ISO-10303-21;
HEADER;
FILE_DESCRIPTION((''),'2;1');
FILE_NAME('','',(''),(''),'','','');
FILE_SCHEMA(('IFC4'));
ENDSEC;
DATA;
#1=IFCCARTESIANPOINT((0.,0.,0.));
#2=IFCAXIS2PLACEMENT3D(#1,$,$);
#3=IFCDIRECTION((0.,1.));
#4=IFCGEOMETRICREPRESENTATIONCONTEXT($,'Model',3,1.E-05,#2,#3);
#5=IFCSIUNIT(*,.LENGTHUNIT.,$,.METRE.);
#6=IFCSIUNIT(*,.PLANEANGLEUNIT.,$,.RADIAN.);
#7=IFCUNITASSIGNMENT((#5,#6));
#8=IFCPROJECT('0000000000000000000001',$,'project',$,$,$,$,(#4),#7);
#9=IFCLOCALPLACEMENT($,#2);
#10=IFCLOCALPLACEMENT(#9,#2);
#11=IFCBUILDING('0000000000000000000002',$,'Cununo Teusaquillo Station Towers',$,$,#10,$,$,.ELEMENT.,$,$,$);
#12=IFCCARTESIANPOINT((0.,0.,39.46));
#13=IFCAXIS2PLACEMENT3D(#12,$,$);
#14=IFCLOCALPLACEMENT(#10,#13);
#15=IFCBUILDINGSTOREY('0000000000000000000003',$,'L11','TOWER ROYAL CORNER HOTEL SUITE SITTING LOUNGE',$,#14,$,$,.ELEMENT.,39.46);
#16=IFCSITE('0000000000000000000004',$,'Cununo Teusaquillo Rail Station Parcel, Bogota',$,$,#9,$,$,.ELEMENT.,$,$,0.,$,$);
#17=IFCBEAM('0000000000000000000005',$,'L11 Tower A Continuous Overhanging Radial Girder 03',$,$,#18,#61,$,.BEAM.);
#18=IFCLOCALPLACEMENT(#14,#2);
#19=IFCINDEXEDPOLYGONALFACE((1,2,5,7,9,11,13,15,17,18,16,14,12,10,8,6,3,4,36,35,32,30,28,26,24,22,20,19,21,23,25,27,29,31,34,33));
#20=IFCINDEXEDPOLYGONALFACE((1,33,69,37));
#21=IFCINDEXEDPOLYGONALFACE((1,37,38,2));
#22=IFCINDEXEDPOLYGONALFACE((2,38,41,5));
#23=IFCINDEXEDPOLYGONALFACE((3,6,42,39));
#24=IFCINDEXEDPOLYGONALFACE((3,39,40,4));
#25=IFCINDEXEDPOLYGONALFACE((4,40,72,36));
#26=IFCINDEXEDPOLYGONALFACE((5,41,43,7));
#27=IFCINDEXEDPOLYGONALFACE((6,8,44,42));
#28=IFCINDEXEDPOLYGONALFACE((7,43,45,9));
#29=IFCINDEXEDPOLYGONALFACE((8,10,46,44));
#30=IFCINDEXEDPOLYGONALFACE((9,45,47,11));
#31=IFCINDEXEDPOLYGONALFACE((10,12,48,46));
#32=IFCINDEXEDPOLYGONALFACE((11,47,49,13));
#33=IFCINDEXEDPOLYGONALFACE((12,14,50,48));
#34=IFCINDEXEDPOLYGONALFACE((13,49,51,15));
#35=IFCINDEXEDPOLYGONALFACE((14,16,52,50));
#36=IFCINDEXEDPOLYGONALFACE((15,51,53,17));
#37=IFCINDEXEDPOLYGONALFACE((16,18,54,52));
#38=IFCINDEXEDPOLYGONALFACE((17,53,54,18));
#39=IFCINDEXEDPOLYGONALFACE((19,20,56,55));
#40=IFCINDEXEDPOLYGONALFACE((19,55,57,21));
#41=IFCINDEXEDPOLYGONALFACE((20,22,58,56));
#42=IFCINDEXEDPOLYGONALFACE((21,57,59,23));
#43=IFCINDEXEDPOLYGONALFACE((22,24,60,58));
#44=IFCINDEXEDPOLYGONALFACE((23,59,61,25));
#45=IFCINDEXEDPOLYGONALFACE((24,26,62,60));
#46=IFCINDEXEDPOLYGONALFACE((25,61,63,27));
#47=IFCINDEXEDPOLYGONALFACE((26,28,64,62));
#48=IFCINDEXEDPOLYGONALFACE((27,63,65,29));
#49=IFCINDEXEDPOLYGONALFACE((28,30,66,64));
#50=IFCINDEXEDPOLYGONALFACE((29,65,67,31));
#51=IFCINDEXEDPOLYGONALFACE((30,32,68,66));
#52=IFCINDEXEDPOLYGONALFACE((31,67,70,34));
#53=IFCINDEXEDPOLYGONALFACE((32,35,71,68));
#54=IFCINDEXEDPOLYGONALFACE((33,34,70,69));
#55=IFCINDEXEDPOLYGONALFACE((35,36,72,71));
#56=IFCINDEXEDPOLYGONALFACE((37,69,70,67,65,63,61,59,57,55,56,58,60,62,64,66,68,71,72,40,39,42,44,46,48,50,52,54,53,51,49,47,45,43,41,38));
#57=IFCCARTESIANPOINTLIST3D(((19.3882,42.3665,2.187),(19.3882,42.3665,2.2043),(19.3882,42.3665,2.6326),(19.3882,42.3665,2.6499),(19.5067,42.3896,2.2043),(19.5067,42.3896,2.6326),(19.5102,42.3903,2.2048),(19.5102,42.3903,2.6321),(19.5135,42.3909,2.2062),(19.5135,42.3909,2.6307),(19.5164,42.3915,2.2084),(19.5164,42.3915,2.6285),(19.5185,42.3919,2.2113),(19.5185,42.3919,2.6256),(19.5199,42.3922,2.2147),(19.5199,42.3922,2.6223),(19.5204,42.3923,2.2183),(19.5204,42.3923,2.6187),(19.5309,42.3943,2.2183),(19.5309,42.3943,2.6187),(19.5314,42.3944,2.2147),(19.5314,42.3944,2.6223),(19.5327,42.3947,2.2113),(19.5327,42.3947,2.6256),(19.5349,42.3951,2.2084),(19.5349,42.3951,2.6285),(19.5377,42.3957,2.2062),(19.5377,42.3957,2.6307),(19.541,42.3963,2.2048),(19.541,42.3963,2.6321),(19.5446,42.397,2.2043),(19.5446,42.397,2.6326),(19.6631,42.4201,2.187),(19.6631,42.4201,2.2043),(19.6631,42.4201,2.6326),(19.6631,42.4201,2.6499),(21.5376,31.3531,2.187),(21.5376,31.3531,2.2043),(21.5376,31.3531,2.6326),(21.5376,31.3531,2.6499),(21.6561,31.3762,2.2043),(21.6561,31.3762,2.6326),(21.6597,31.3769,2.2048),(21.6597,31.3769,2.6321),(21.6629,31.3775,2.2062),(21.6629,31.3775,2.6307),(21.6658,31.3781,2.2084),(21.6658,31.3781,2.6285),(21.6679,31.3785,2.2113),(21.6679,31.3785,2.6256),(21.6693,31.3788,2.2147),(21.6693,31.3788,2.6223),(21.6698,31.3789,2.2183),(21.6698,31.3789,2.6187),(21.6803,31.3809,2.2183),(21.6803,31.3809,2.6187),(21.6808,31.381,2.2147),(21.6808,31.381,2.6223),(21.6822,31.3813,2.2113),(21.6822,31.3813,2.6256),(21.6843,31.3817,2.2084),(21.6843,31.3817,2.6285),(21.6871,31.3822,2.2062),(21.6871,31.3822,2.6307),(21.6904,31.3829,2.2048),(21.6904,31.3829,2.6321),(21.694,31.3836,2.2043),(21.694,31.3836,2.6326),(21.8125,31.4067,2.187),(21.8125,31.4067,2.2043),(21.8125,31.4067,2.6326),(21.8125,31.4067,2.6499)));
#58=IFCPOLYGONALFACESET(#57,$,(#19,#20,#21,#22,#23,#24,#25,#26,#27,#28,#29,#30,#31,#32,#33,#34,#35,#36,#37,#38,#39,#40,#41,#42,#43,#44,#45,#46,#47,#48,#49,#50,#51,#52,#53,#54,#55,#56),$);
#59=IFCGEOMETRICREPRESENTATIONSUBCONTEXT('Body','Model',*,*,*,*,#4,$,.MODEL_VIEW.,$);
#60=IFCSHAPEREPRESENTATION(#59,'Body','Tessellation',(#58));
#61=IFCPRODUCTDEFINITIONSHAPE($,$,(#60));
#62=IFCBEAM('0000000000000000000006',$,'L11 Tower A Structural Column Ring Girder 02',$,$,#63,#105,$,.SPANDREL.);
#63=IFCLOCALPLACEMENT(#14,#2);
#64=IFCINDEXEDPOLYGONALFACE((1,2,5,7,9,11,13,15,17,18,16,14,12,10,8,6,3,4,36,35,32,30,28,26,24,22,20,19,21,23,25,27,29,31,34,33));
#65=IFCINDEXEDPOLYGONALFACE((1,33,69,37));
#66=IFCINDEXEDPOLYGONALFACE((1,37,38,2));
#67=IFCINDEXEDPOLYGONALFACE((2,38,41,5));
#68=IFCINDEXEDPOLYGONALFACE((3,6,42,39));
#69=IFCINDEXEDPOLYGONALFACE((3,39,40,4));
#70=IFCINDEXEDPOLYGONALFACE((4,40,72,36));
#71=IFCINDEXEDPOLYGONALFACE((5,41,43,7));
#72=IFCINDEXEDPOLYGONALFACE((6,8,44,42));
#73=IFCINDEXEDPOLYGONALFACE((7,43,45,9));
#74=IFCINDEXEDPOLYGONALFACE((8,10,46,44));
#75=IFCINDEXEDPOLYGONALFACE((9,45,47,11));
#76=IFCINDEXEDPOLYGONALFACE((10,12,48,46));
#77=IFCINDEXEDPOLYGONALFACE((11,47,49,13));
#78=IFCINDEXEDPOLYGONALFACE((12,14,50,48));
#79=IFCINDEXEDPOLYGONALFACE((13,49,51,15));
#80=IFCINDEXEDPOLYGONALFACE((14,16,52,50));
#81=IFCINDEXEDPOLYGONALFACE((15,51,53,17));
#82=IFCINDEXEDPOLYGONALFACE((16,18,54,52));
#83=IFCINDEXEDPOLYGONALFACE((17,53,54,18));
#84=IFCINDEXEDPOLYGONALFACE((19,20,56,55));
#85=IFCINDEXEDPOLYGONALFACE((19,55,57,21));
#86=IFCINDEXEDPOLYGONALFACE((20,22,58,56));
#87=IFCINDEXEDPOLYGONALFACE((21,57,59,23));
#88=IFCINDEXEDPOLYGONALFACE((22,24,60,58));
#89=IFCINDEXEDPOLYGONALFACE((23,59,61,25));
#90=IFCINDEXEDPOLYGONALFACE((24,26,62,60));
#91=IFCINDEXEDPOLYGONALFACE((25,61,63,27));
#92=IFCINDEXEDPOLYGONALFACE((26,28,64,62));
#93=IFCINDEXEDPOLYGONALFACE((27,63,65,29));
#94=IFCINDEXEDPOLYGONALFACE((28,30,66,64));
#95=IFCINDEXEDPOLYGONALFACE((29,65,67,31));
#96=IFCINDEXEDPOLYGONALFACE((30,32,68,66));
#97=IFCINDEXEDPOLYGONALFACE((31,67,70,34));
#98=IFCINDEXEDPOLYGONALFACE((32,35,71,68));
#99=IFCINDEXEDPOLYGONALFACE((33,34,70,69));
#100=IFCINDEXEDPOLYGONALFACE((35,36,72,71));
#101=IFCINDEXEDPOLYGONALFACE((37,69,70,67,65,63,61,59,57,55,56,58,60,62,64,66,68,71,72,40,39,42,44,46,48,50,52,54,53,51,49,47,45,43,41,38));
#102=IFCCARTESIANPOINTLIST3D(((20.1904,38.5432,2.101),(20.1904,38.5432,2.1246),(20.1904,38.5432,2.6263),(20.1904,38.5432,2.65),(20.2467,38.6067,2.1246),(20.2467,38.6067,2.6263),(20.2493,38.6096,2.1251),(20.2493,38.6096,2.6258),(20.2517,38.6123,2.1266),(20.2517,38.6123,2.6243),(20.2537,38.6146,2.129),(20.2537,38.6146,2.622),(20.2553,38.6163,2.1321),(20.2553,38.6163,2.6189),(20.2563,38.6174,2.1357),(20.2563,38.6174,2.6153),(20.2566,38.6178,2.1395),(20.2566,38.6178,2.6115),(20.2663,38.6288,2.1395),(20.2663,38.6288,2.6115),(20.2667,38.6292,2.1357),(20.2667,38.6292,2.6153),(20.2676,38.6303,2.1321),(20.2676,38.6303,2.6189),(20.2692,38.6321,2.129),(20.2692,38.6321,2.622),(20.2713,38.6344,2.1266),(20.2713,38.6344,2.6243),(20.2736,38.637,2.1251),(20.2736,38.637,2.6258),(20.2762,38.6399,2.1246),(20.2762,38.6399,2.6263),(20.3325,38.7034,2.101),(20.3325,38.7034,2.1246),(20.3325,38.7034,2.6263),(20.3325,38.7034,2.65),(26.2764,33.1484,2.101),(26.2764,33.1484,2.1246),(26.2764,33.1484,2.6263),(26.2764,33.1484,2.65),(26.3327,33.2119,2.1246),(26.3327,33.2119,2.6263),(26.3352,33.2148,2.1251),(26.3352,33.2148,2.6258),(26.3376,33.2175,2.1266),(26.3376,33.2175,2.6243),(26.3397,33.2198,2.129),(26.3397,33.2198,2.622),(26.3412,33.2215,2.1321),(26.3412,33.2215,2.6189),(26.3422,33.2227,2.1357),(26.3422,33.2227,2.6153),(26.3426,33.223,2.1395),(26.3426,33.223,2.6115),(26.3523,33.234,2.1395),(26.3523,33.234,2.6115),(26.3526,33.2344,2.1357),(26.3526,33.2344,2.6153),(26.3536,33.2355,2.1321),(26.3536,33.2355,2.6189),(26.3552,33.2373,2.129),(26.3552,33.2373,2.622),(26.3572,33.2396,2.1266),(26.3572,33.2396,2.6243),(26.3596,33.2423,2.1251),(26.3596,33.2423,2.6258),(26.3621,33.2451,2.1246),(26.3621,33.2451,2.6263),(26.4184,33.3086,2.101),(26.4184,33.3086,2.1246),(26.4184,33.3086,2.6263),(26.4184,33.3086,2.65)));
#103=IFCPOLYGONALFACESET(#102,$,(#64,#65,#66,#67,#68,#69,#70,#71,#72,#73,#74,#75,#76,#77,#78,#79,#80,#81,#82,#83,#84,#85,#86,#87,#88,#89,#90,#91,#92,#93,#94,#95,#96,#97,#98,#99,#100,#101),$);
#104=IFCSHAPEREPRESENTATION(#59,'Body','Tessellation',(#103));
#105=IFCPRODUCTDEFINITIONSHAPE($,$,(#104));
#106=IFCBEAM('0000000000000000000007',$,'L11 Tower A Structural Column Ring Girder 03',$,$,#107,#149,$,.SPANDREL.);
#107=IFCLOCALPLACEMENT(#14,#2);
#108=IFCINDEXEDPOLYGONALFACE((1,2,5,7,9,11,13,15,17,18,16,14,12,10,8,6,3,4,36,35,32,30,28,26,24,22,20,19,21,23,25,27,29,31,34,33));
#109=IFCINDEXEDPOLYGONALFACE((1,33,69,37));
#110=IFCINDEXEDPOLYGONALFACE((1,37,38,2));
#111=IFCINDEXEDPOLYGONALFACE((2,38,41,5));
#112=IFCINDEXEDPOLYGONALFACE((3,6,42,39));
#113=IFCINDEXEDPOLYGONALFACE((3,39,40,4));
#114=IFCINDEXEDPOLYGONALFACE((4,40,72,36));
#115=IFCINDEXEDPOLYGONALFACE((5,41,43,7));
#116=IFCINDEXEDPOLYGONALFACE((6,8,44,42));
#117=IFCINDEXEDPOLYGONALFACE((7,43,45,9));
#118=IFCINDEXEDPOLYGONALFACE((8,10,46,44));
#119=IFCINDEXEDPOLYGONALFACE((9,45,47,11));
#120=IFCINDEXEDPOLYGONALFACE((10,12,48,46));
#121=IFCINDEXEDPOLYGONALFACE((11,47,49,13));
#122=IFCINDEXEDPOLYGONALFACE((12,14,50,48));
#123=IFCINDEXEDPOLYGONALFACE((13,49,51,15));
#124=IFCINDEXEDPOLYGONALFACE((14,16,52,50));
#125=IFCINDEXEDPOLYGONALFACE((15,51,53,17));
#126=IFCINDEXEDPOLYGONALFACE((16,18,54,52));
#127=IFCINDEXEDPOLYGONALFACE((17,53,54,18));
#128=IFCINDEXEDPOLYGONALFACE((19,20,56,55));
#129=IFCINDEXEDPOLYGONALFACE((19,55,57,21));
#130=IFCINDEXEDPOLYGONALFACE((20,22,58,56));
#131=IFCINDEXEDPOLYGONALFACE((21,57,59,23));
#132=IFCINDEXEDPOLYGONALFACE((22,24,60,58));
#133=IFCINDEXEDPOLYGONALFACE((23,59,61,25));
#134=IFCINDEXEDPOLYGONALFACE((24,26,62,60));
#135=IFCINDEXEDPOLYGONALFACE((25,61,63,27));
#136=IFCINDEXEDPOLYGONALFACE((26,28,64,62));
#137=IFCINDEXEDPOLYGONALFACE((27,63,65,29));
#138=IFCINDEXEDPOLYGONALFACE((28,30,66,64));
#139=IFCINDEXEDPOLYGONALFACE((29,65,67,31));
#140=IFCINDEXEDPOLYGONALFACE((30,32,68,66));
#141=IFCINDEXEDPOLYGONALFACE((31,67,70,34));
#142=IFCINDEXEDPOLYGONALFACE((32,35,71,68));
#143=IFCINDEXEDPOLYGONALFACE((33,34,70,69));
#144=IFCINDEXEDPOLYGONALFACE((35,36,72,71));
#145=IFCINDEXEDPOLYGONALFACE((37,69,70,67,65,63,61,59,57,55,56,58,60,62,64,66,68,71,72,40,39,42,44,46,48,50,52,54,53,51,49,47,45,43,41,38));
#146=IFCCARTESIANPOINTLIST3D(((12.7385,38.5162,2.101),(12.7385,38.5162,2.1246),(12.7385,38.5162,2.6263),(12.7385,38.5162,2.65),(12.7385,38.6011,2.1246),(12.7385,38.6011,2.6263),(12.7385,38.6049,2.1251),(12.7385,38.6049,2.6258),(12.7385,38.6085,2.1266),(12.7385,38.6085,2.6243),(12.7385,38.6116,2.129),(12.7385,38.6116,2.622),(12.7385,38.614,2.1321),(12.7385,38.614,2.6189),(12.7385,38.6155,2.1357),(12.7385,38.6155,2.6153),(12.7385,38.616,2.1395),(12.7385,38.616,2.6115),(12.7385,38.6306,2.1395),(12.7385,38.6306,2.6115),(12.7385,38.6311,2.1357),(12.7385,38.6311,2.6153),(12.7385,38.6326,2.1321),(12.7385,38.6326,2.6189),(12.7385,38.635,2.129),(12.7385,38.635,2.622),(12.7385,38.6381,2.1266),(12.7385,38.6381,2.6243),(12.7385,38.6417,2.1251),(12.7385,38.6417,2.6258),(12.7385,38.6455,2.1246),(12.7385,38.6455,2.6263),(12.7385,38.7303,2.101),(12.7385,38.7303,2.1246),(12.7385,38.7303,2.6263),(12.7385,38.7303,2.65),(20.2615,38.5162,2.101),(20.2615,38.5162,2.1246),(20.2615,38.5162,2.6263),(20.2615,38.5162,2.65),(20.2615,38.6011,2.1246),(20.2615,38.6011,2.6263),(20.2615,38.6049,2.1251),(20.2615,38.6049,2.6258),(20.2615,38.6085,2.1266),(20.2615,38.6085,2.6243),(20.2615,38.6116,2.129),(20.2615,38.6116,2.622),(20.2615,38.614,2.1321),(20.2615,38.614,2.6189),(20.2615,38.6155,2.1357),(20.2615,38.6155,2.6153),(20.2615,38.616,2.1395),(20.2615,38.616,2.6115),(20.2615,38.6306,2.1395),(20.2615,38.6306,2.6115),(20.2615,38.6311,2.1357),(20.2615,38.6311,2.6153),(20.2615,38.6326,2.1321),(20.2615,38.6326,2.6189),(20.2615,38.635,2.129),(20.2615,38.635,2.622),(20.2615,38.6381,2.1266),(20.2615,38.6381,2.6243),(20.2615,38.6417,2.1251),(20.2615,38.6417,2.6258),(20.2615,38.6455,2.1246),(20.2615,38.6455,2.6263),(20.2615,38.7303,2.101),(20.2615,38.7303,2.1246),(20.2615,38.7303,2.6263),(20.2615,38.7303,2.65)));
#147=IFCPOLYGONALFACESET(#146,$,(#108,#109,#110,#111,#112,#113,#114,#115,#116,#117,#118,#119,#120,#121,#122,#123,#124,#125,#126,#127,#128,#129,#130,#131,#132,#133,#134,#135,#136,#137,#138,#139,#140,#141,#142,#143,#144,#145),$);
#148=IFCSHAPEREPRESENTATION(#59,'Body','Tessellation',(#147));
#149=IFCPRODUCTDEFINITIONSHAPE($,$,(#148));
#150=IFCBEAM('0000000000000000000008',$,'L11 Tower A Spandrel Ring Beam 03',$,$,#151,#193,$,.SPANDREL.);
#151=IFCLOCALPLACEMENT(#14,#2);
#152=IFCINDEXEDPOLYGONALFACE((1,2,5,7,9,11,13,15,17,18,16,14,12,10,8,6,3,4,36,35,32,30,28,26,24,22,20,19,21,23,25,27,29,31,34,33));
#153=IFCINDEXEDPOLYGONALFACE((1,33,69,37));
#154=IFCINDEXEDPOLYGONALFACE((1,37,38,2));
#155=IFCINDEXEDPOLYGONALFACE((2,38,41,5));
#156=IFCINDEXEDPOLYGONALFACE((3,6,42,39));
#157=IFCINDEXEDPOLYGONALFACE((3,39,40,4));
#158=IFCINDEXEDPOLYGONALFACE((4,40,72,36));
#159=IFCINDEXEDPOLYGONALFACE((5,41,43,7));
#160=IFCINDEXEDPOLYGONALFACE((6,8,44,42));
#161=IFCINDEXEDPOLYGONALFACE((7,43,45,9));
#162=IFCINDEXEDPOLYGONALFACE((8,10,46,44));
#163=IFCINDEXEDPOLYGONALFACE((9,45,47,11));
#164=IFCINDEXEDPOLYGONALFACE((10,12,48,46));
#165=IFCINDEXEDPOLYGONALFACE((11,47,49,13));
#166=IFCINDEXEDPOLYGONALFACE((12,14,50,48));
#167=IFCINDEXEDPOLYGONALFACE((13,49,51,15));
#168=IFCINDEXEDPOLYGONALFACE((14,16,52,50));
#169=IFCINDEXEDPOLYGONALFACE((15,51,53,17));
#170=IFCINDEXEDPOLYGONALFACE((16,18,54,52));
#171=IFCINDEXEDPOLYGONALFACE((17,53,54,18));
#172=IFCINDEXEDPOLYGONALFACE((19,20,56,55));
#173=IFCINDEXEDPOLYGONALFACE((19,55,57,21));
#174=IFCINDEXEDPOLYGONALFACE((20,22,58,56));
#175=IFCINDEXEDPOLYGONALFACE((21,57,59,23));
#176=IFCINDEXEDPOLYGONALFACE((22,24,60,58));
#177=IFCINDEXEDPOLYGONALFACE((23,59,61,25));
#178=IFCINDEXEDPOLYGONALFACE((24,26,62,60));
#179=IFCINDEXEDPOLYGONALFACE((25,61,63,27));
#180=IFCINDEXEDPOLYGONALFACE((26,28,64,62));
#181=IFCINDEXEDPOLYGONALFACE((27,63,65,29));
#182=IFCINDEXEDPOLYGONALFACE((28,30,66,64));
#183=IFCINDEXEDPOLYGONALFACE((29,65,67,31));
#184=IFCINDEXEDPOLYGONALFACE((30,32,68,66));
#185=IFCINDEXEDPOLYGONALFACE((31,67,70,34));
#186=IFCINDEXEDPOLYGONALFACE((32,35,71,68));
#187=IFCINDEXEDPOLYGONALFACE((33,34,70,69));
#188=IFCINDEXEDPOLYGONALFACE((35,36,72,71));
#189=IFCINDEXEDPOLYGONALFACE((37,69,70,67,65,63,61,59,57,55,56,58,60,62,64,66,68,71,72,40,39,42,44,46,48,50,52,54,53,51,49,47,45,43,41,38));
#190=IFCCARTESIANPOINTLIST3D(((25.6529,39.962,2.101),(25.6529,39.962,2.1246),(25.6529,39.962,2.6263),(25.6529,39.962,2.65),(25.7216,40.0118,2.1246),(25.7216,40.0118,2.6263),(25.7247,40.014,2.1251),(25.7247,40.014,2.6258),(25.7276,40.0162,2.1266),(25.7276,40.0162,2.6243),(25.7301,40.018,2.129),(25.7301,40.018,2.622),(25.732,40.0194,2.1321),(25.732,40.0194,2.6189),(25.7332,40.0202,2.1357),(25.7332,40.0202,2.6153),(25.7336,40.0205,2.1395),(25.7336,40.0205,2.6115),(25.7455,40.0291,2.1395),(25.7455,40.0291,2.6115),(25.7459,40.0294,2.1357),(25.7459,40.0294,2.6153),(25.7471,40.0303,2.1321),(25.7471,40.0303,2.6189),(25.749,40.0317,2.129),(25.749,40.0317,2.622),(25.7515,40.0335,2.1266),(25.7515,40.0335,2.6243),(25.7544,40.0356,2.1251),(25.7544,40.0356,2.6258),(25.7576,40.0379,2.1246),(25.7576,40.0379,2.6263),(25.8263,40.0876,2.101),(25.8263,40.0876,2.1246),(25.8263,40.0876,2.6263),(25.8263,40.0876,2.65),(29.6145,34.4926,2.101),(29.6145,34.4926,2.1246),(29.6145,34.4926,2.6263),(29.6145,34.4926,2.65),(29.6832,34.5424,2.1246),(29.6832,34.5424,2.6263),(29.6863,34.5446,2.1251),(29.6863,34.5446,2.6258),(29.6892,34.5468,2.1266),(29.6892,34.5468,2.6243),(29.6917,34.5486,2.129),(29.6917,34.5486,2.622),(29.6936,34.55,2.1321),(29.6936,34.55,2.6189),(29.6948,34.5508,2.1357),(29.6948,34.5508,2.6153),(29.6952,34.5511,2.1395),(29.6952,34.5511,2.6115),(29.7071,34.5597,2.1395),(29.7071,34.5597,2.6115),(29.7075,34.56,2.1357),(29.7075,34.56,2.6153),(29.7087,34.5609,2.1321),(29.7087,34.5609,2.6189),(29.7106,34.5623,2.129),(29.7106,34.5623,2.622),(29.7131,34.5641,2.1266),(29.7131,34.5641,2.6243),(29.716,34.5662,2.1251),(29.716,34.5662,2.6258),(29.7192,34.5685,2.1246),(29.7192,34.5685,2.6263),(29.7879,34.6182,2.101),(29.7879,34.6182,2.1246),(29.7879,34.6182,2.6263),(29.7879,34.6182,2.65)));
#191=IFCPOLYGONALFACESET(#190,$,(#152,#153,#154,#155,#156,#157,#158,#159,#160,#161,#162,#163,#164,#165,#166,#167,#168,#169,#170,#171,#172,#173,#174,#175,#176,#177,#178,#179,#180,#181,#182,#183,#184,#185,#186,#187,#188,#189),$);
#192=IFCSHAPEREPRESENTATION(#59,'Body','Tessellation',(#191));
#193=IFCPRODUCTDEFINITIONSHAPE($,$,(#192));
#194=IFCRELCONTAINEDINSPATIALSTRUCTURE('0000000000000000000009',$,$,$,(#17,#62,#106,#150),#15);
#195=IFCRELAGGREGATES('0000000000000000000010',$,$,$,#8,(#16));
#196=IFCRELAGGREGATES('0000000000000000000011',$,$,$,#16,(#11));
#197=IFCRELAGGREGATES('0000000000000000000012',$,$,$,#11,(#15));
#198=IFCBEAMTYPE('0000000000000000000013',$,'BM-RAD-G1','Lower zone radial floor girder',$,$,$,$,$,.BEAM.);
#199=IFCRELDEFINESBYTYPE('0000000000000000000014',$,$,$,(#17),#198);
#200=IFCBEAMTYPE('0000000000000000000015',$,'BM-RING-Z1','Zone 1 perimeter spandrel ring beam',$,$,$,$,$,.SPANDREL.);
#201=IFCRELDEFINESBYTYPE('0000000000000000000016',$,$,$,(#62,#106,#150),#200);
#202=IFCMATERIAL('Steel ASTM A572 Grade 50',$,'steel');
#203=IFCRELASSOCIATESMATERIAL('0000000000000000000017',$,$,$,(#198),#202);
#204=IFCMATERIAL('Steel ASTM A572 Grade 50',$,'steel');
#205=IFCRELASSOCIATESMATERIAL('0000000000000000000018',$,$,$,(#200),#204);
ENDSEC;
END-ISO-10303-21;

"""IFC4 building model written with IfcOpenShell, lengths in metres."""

from ifc_helpers import new_model, si_unit, direction, frame, origin, origin_2d, place, context, subcontext, project, spatial, i_section, extrude, material, material_profile, profile_set, type_object, element, save


model = new_model("IFC4")

# Units and contexts
model_context = context("Model", 3, precision=1e-05, world=origin(), true_north=direction((0.0, 1.0)))
body_context = subcontext(model_context, "Body", "Model", "MODEL_VIEW")
ifc_project = project(units=[si_unit("LENGTHUNIT", "METRE"), si_unit("PLANEANGLEUNIT", "RADIAN")], contexts=[model_context])

# Site, building, storey
site_placement = place(None, origin())
site = spatial("IfcSite", under=ifc_project, at=site_placement, Name="Cununo Teusaquillo Rail Station Parcel, Bogota", CompositionType="ELEMENT", RefElevation=0.0)
building_placement = place(site_placement, origin())
building = spatial("IfcBuilding", under=site, at=building_placement, Name="Cununo Teusaquillo Station Towers", CompositionType="ELEMENT")
storey_placement = place(building_placement, frame((0.0, 0.0, 39.46)))
storey = spatial("IfcBuildingStorey", under=building, at=storey_placement, Name="L11", Description="TOWER ROYAL CORNER HOTEL SUITE SITTING LOUNGE", CompositionType="ELEMENT", Elevation=39.46)

# Beams
ifc_material_1 = material(Name="Steel ASTM A572 Grade 50", Category="steel")
ifc_material_profile_1 = material_profile(ifc_material_1, i_section(OverallWidth=0.28, OverallDepth=0.4629, WebThickness=0.0107, FlangeThickness=0.0173, FilletRadius=0.0139, at=origin_2d()), Name="W18X76")
ifc_profile_set_1 = profile_set([ifc_material_profile_1], Name="Steel ASTM A572 Grade 50")
beam_type_1 = type_object("IfcBeamType", Name="BM-RAD-G1", Description="Lower zone radial floor girder", PredefinedType="BEAM", material=ifc_profile_set_1)
beam_1_placement = place(storey_placement, frame((21.675, 31.3799, 2.4185), z_axis=(-0.191549, 0.981483, 0.0), x_axis=(-0.981483, -0.191549, 0.0)))
element("IfcBeam", 1, at=beam_1_placement, inside=storey, type_object=beam_type_1, Name="L11 Tower A Continuous Overhanging Radial Girder 03", PredefinedType="BEAM", context=body_context, shape_type="SweptSolid", body=[
    extrude(i_section(OverallWidth=0.28, OverallDepth=0.4629, WebThickness=0.0107, FlangeThickness=0.0173, FilletRadius=0.0139, at=origin_2d()), origin(), (0.0, 0.0, 1.0), 11.2212),
])
ifc_material_2 = material(Name="Steel ASTM A572 Grade 50", Category="steel")
ifc_material_profile_2 = material_profile(ifc_material_2, i_section(OverallWidth=0.2141, OverallDepth=0.5491, WebThickness=0.0146, FlangeThickness=0.0237, FilletRadius=0.0149, at=origin_2d()), Name="W21X93")
ifc_profile_set_2 = profile_set([ifc_material_profile_2], Name="Steel ASTM A572 Grade 50")
beam_type_2 = type_object("IfcBeamType", Name="BM-RING-Z1", Description="Zone 1 perimeter spandrel ring beam", PredefinedType="SPANDREL", material=ifc_profile_set_2)
beam_2_placement = place(storey_placement, frame((26.3474, 33.2285, 2.3755), z_axis=(-0.748321, 0.663337, 0.0), x_axis=(-0.663337, -0.748321, 0.0)))
element("IfcBeam", 2, at=beam_2_placement, inside=storey, type_object=beam_type_2, Name="L11 Tower A Structural Column Ring Girder 02", PredefinedType="SPANDREL", context=body_context, shape_type="SweptSolid", body=[
    extrude(i_section(OverallWidth=0.2141, OverallDepth=0.5491, WebThickness=0.0146, FlangeThickness=0.0237, FilletRadius=0.0149, at=origin_2d()), origin(), (0.0, 0.0, 1.0), 8.1328),
])
beam_3_placement = place(storey_placement, frame((20.2615, 38.6233, 2.3755), z_axis=(-1.0, 0.0, 0.0), x_axis=(0.0, -1.0, 0.0)))
element("IfcBeam", 3, at=beam_3_placement, inside=storey, type_object=beam_type_2, Name="L11 Tower A Structural Column Ring Girder 03", PredefinedType="SPANDREL", context=body_context, shape_type="SweptSolid", body=[
    extrude(i_section(OverallWidth=0.2141, OverallDepth=0.5491, WebThickness=0.0146, FlangeThickness=0.0237, FilletRadius=0.0149, at=origin_2d()), origin(), (0.0, 0.0, 1.0), 7.5229),
])
beam_4_placement = place(storey_placement, frame((29.7012, 34.5554, 2.3755), z_axis=(-0.586608, 0.809871, 0.0), x_axis=(-0.809871, -0.586608, 0.0)))
element("IfcBeam", 4, at=beam_4_placement, inside=storey, type_object=beam_type_2, Name="L11 Tower A Spandrel Ring Beam 03", PredefinedType="SPANDREL", context=body_context, shape_type="SweptSolid", body=[
    extrude(i_section(OverallWidth=0.2141, OverallDepth=0.5491, WebThickness=0.0146, FlangeThickness=0.0237, FilletRadius=0.0149, at=origin_2d()), origin(), (0.0, 0.0, 1.0), 6.7534),
])

save(model, "model.ifc")
